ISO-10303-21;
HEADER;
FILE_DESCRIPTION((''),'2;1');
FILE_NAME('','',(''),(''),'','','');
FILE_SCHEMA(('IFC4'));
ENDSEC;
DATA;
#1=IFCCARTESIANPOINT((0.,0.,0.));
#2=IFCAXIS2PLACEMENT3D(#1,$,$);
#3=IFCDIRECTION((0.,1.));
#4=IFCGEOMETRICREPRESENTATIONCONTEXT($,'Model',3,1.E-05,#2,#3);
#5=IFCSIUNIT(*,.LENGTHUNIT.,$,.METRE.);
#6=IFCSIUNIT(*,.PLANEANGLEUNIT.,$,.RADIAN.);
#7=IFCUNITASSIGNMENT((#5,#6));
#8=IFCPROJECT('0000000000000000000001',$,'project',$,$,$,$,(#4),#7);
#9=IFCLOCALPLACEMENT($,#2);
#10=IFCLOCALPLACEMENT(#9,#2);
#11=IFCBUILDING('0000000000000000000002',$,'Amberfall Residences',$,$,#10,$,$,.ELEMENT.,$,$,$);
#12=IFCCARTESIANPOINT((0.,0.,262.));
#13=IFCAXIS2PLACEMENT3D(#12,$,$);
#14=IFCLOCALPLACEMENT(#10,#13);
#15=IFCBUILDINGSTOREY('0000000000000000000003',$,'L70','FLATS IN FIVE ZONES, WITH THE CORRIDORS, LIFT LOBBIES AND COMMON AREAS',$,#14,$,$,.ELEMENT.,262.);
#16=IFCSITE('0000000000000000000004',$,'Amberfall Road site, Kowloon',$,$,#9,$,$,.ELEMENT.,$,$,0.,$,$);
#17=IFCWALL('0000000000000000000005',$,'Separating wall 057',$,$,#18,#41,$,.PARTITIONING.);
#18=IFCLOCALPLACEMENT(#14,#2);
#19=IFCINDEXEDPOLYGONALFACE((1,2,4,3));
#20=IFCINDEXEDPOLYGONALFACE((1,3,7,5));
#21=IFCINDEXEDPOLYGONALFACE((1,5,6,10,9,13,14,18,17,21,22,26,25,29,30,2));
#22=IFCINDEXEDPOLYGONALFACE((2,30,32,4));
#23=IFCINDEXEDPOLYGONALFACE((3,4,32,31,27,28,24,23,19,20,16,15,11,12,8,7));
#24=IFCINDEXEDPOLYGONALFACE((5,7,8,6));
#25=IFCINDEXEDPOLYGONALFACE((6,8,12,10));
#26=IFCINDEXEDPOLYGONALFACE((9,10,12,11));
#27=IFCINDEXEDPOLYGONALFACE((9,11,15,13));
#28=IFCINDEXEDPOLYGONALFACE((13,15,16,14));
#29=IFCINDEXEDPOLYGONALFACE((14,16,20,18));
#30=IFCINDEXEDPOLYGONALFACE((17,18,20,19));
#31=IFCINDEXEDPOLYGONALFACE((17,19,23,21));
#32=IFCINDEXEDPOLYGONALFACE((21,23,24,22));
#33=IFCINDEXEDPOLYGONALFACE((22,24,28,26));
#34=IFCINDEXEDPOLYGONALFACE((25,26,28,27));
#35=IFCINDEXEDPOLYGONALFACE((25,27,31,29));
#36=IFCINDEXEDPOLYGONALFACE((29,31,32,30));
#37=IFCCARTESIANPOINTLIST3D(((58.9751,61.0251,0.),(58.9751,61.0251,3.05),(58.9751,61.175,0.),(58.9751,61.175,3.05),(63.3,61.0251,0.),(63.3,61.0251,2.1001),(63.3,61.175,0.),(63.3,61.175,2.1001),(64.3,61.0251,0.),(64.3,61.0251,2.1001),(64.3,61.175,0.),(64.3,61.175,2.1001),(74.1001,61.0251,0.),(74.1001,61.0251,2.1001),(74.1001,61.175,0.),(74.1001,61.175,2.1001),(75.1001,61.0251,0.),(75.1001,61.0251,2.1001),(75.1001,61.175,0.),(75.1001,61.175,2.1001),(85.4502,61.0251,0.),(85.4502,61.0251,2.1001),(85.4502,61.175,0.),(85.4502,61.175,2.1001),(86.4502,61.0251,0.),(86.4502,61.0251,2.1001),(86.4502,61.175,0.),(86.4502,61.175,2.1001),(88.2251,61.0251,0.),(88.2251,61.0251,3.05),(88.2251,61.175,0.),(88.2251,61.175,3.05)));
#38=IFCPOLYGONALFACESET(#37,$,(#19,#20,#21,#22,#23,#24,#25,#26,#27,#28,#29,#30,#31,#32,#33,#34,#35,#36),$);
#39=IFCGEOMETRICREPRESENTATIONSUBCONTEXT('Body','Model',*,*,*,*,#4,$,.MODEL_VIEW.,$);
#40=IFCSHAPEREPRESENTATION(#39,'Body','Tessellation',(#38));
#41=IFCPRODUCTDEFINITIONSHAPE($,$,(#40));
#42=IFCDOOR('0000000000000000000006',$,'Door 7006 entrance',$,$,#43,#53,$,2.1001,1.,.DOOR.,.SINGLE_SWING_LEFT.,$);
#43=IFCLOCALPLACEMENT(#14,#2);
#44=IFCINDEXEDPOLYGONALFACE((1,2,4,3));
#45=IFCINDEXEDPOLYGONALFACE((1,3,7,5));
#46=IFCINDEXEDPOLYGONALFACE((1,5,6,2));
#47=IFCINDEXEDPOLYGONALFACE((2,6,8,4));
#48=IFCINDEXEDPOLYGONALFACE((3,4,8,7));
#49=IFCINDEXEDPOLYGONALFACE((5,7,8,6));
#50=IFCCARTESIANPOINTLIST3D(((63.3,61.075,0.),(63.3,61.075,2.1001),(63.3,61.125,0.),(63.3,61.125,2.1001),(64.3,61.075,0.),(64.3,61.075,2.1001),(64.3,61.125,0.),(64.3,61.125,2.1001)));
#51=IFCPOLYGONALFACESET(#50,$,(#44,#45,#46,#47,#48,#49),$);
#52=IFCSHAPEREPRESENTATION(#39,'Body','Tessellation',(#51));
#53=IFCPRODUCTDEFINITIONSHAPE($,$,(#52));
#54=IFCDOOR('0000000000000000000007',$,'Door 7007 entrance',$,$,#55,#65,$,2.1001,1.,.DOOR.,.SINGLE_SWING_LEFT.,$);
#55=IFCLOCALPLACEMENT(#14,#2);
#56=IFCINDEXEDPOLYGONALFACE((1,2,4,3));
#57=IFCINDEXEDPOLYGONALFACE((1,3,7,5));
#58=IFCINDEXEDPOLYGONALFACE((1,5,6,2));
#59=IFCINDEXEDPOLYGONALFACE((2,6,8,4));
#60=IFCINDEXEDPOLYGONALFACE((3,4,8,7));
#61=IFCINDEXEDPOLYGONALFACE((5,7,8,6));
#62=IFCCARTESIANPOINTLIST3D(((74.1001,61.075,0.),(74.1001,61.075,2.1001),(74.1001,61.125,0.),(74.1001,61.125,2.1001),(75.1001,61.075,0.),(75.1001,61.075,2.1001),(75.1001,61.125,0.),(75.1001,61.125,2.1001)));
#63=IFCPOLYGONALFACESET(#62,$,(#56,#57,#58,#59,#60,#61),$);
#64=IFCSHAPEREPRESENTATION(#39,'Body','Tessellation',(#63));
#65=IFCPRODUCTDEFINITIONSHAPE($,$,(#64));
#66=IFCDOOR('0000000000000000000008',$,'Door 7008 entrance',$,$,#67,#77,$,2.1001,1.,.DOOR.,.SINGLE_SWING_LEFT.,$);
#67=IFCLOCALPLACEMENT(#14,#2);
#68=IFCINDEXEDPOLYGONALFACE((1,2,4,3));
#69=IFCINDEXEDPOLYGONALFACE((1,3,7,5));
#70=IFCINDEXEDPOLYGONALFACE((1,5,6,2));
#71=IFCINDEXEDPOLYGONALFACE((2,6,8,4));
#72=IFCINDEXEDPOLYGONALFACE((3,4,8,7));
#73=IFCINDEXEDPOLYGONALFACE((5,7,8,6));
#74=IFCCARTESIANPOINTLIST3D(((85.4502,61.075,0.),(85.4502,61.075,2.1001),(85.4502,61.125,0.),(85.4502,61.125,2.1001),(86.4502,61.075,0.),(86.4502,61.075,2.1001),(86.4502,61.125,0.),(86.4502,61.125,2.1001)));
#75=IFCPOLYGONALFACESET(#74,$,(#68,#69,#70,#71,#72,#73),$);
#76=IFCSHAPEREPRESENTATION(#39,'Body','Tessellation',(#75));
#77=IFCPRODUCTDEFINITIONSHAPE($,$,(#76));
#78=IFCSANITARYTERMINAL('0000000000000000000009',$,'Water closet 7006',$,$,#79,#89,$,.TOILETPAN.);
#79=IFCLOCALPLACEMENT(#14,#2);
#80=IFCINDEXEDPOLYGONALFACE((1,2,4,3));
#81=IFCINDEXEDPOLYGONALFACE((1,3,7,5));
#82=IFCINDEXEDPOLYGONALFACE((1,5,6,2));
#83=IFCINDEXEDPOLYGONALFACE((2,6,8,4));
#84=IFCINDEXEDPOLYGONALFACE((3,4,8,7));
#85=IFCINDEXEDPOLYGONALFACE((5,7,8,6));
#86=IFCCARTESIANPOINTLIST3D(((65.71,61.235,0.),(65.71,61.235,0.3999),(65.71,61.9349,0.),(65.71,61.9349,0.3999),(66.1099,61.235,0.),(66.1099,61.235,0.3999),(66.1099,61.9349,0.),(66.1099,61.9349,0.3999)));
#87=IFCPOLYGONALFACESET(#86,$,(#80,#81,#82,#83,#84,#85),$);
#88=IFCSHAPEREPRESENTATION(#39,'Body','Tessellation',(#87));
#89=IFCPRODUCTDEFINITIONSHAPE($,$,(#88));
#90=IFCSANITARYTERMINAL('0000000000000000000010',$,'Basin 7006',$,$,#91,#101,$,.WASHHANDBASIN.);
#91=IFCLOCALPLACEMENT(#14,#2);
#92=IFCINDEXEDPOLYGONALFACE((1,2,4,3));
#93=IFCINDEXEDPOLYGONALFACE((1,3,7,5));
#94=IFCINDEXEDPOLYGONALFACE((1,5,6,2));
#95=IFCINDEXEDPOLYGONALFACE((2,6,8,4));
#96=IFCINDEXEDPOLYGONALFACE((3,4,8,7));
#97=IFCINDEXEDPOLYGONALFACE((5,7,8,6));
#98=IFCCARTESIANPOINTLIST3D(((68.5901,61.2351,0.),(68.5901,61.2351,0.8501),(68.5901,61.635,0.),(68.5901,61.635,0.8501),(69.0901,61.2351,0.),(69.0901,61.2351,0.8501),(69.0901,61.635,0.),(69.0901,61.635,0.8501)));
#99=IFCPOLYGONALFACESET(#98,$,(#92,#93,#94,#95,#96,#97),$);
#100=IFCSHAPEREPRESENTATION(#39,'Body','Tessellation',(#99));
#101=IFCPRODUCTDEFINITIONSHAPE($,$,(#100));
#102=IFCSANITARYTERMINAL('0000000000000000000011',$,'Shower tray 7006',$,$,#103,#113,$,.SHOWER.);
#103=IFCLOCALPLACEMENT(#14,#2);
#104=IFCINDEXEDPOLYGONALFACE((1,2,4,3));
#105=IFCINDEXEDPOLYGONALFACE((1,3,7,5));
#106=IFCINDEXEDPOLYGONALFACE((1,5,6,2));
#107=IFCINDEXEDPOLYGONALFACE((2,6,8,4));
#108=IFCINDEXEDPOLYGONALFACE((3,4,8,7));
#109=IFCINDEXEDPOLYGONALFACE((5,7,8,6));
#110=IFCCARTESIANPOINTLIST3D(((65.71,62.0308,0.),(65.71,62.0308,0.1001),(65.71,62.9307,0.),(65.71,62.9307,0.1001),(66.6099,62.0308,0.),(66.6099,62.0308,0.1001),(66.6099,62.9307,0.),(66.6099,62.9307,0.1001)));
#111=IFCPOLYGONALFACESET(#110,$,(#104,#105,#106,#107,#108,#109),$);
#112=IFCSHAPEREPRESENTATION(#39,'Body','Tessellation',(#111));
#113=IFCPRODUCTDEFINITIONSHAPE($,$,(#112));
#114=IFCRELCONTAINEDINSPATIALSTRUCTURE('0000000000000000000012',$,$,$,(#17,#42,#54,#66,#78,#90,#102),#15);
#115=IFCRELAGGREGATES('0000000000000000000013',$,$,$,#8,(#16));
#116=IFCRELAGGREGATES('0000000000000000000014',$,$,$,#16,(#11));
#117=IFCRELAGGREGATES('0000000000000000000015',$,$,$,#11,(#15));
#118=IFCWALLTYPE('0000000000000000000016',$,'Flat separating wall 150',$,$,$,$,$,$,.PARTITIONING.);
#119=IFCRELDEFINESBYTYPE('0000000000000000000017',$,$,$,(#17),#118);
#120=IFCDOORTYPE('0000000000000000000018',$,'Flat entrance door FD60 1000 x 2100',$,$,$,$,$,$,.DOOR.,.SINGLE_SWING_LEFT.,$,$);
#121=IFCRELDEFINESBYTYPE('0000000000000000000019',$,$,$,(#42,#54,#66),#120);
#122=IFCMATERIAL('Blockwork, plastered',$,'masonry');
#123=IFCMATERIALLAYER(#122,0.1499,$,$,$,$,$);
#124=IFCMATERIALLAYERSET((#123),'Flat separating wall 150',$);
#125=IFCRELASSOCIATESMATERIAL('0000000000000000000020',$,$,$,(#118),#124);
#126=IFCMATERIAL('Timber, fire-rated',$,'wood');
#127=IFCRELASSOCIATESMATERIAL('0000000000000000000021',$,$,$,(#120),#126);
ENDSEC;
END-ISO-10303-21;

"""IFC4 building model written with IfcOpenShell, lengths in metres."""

from ifc_helpers import new_model, si_unit, direction, frame, frame_2d, origin, origin_2d, place, context, subcontext, project, spatial, rectangle, extrude, material, layer, layer_set, type_object, element, fill, save


model = new_model("IFC4")

# Units and contexts
model_context = context("Model", 3, precision=1e-05, world=origin(), true_north=direction((0.0, 1.0)))
body_context = subcontext(model_context, "Body", "Model", "MODEL_VIEW")
ifc_project = project(units=[si_unit("LENGTHUNIT", "METRE"), si_unit("PLANEANGLEUNIT", "RADIAN")], contexts=[model_context])

# Site, building, storey
site_placement = place(None, origin())
site = spatial("IfcSite", under=ifc_project, at=site_placement, Name="Amberfall Road site, Kowloon", CompositionType="ELEMENT", RefElevation=0.0)
building_placement = place(site_placement, origin())
building = spatial("IfcBuilding", under=site, at=building_placement, Name="Amberfall Residences", CompositionType="ELEMENT")
storey_placement = place(building_placement, frame((0.0, 0.0, 262.0)))
storey = spatial("IfcBuildingStorey", under=building, at=storey_placement, Name="L70", Description="FLATS IN FIVE ZONES, WITH THE CORRIDORS, LIFT LOBBIES AND COMMON AREAS", CompositionType="ELEMENT", Elevation=262.0)

# Shared definitions
ifc_material_1 = material(Name="Blockwork, plastered", Category="masonry")
ifc_layer_1 = layer(ifc_material_1, 0.1499)
ifc_layer_set_1 = layer_set([ifc_layer_1], Name="Flat separating wall 150")
wall_type_1 = type_object("IfcWallType", Name="Flat separating wall 150", PredefinedType="PARTITIONING", material=ifc_layer_set_1)

# Wall, openings, doors
wall_1_placement = place(storey_placement, frame((58.9751, 61.1001, 0.0), z_axis=(0.0, 0.0, 1.0), x_axis=(1.0, 0.0, 0.0)))
wall_1 = element("IfcWall", 1, at=wall_1_placement, inside=storey, type_object=wall_type_1, Name="Separating wall 057", PredefinedType="PARTITIONING", context=body_context, shape_type="SweptSolid", body=[
    extrude(rectangle(XDim=29.25, YDim=0.1499, at=frame_2d((14.625, 0.0))), origin(), (0.0, 0.0, 1.0), 3.05),
])
opening_1_placement = place(wall_1_placement, frame((4.325, 0.0, 0.0)))
opening_1 = element("IfcOpeningElement", 2, at=opening_1_placement, cuts=wall_1, PredefinedType="OPENING", context=body_context, shape_type="SweptSolid", body=[
    extrude(rectangle(XDim=1.0, YDim=2.1001, at=frame_2d((0.5, 1.05))), frame((0.0, 0.085, 0.0), z_axis=(0.0, -1.0, 0.0), x_axis=(1.0, 0.0, 0.0)), (0.0, 0.0, 1.0), 0.1699),
])
opening_2_placement = place(wall_1_placement, frame((15.125, 0.0, 0.0)))
opening_2 = element("IfcOpeningElement", 3, at=opening_2_placement, cuts=wall_1, PredefinedType="OPENING", context=body_context, shape_type="SweptSolid", body=[
    extrude(rectangle(XDim=1.0, YDim=2.1001, at=frame_2d((0.5, 1.05))), frame((0.0, 0.085, 0.0), z_axis=(0.0, -1.0, 0.0), x_axis=(1.0, 0.0, 0.0)), (0.0, 0.0, 1.0), 0.1699),
])
opening_3_placement = place(wall_1_placement, frame((26.4751, 0.0, 0.0)))
opening_3 = element("IfcOpeningElement", 4, at=opening_3_placement, cuts=wall_1, PredefinedType="OPENING", context=body_context, shape_type="SweptSolid", body=[
    extrude(rectangle(XDim=1.0, YDim=2.1001, at=frame_2d((0.5, 1.05))), frame((0.0, 0.085, 0.0), z_axis=(0.0, -1.0, 0.0), x_axis=(1.0, 0.0, 0.0)), (0.0, 0.0, 1.0), 0.1699),
])
ifc_material_2 = material(Name="Timber, fire-rated", Category="wood")
door_type_1 = type_object("IfcDoorType", Name="Flat entrance door FD60 1000 x 2100", OperationType="SINGLE_SWING_LEFT", PredefinedType="DOOR", material=ifc_material_2)
door_1_placement = place(opening_1_placement, origin())
door_1 = element("IfcDoor", 5, at=door_1_placement, inside=storey, type_object=door_type_1, Name="Door 7006 entrance", OperationType="SINGLE_SWING_LEFT", OverallHeight=2.1001, OverallWidth=1.0, PredefinedType="DOOR", context=body_context, shape_type="SweptSolid", body=[
    extrude(rectangle(XDim=1.0, YDim=2.1001, at=frame_2d((0.5, 1.05))), frame((0.0, 0.0249, 0.0), z_axis=(0.0, -1.0, 0.0), x_axis=(1.0, 0.0, 0.0)), (0.0, 0.0, 1.0), 0.05),
])
fill(opening_1, door_1)
door_2_placement = place(opening_2_placement, origin())
door_2 = element("IfcDoor", 6, at=door_2_placement, inside=storey, type_object=door_type_1, Name="Door 7007 entrance", OperationType="SINGLE_SWING_LEFT", OverallHeight=2.1001, OverallWidth=1.0, PredefinedType="DOOR", context=body_context, shape_type="SweptSolid", body=[
    extrude(rectangle(XDim=1.0, YDim=2.1001, at=frame_2d((0.5, 1.05))), frame((0.0, 0.0249, 0.0), z_axis=(0.0, -1.0, 0.0), x_axis=(1.0, 0.0, 0.0)), (0.0, 0.0, 1.0), 0.05),
])
fill(opening_2, door_2)
door_3_placement = place(opening_3_placement, origin())
door_3 = element("IfcDoor", 7, at=door_3_placement, inside=storey, type_object=door_type_1, Name="Door 7008 entrance", OperationType="SINGLE_SWING_LEFT", OverallHeight=2.1001, OverallWidth=1.0, PredefinedType="DOOR", context=body_context, shape_type="SweptSolid", body=[
    extrude(rectangle(XDim=1.0, YDim=2.1001, at=frame_2d((0.5, 1.05))), frame((0.0, 0.0249, 0.0), z_axis=(0.0, -1.0, 0.0), x_axis=(1.0, 0.0, 0.0)), (0.0, 0.0, 1.0), 0.05),
])
fill(opening_3, door_3)

# Sanitary terminals
sanitary_terminal_1_placement = place(storey_placement, frame((65.9099, 61.585, 0.0), z_axis=(0.0, 0.0, 1.0), x_axis=(1.0, 0.0, 0.0)))
element("IfcSanitaryTerminal", 8, at=sanitary_terminal_1_placement, inside=storey, Name="Water closet 7006", PredefinedType="TOILETPAN", context=body_context, shape_type="SweptSolid", body=[
    extrude(rectangle(XDim=0.3999, YDim=0.7, at=origin_2d()), origin(), (0.0, 0.0, 1.0), 0.3999),
])
sanitary_terminal_2_placement = place(storey_placement, frame((68.8401, 61.4351, 0.0), z_axis=(0.0, 0.0, 1.0), x_axis=(1.0, 0.0, 0.0)))
element("IfcSanitaryTerminal", 9, at=sanitary_terminal_2_placement, inside=storey, Name="Basin 7006", PredefinedType="WASHHANDBASIN", context=body_context, shape_type="SweptSolid", body=[
    extrude(rectangle(XDim=0.5, YDim=0.3999, at=origin_2d()), origin(), (0.0, 0.0, 1.0), 0.8501),
])
sanitary_terminal_3_placement = place(storey_placement, frame((66.1599, 62.4807, 0.0), z_axis=(0.0, 0.0, 1.0), x_axis=(1.0, 0.0, 0.0)))
element("IfcSanitaryTerminal", 10, at=sanitary_terminal_3_placement, inside=storey, Name="Shower tray 7006", PredefinedType="SHOWER", context=body_context, shape_type="SweptSolid", body=[
    extrude(rectangle(XDim=0.8999, YDim=0.8999, at=origin_2d()), origin(), (0.0, 0.0, 1.0), 0.1001),
])

save(model, "model.ifc")
